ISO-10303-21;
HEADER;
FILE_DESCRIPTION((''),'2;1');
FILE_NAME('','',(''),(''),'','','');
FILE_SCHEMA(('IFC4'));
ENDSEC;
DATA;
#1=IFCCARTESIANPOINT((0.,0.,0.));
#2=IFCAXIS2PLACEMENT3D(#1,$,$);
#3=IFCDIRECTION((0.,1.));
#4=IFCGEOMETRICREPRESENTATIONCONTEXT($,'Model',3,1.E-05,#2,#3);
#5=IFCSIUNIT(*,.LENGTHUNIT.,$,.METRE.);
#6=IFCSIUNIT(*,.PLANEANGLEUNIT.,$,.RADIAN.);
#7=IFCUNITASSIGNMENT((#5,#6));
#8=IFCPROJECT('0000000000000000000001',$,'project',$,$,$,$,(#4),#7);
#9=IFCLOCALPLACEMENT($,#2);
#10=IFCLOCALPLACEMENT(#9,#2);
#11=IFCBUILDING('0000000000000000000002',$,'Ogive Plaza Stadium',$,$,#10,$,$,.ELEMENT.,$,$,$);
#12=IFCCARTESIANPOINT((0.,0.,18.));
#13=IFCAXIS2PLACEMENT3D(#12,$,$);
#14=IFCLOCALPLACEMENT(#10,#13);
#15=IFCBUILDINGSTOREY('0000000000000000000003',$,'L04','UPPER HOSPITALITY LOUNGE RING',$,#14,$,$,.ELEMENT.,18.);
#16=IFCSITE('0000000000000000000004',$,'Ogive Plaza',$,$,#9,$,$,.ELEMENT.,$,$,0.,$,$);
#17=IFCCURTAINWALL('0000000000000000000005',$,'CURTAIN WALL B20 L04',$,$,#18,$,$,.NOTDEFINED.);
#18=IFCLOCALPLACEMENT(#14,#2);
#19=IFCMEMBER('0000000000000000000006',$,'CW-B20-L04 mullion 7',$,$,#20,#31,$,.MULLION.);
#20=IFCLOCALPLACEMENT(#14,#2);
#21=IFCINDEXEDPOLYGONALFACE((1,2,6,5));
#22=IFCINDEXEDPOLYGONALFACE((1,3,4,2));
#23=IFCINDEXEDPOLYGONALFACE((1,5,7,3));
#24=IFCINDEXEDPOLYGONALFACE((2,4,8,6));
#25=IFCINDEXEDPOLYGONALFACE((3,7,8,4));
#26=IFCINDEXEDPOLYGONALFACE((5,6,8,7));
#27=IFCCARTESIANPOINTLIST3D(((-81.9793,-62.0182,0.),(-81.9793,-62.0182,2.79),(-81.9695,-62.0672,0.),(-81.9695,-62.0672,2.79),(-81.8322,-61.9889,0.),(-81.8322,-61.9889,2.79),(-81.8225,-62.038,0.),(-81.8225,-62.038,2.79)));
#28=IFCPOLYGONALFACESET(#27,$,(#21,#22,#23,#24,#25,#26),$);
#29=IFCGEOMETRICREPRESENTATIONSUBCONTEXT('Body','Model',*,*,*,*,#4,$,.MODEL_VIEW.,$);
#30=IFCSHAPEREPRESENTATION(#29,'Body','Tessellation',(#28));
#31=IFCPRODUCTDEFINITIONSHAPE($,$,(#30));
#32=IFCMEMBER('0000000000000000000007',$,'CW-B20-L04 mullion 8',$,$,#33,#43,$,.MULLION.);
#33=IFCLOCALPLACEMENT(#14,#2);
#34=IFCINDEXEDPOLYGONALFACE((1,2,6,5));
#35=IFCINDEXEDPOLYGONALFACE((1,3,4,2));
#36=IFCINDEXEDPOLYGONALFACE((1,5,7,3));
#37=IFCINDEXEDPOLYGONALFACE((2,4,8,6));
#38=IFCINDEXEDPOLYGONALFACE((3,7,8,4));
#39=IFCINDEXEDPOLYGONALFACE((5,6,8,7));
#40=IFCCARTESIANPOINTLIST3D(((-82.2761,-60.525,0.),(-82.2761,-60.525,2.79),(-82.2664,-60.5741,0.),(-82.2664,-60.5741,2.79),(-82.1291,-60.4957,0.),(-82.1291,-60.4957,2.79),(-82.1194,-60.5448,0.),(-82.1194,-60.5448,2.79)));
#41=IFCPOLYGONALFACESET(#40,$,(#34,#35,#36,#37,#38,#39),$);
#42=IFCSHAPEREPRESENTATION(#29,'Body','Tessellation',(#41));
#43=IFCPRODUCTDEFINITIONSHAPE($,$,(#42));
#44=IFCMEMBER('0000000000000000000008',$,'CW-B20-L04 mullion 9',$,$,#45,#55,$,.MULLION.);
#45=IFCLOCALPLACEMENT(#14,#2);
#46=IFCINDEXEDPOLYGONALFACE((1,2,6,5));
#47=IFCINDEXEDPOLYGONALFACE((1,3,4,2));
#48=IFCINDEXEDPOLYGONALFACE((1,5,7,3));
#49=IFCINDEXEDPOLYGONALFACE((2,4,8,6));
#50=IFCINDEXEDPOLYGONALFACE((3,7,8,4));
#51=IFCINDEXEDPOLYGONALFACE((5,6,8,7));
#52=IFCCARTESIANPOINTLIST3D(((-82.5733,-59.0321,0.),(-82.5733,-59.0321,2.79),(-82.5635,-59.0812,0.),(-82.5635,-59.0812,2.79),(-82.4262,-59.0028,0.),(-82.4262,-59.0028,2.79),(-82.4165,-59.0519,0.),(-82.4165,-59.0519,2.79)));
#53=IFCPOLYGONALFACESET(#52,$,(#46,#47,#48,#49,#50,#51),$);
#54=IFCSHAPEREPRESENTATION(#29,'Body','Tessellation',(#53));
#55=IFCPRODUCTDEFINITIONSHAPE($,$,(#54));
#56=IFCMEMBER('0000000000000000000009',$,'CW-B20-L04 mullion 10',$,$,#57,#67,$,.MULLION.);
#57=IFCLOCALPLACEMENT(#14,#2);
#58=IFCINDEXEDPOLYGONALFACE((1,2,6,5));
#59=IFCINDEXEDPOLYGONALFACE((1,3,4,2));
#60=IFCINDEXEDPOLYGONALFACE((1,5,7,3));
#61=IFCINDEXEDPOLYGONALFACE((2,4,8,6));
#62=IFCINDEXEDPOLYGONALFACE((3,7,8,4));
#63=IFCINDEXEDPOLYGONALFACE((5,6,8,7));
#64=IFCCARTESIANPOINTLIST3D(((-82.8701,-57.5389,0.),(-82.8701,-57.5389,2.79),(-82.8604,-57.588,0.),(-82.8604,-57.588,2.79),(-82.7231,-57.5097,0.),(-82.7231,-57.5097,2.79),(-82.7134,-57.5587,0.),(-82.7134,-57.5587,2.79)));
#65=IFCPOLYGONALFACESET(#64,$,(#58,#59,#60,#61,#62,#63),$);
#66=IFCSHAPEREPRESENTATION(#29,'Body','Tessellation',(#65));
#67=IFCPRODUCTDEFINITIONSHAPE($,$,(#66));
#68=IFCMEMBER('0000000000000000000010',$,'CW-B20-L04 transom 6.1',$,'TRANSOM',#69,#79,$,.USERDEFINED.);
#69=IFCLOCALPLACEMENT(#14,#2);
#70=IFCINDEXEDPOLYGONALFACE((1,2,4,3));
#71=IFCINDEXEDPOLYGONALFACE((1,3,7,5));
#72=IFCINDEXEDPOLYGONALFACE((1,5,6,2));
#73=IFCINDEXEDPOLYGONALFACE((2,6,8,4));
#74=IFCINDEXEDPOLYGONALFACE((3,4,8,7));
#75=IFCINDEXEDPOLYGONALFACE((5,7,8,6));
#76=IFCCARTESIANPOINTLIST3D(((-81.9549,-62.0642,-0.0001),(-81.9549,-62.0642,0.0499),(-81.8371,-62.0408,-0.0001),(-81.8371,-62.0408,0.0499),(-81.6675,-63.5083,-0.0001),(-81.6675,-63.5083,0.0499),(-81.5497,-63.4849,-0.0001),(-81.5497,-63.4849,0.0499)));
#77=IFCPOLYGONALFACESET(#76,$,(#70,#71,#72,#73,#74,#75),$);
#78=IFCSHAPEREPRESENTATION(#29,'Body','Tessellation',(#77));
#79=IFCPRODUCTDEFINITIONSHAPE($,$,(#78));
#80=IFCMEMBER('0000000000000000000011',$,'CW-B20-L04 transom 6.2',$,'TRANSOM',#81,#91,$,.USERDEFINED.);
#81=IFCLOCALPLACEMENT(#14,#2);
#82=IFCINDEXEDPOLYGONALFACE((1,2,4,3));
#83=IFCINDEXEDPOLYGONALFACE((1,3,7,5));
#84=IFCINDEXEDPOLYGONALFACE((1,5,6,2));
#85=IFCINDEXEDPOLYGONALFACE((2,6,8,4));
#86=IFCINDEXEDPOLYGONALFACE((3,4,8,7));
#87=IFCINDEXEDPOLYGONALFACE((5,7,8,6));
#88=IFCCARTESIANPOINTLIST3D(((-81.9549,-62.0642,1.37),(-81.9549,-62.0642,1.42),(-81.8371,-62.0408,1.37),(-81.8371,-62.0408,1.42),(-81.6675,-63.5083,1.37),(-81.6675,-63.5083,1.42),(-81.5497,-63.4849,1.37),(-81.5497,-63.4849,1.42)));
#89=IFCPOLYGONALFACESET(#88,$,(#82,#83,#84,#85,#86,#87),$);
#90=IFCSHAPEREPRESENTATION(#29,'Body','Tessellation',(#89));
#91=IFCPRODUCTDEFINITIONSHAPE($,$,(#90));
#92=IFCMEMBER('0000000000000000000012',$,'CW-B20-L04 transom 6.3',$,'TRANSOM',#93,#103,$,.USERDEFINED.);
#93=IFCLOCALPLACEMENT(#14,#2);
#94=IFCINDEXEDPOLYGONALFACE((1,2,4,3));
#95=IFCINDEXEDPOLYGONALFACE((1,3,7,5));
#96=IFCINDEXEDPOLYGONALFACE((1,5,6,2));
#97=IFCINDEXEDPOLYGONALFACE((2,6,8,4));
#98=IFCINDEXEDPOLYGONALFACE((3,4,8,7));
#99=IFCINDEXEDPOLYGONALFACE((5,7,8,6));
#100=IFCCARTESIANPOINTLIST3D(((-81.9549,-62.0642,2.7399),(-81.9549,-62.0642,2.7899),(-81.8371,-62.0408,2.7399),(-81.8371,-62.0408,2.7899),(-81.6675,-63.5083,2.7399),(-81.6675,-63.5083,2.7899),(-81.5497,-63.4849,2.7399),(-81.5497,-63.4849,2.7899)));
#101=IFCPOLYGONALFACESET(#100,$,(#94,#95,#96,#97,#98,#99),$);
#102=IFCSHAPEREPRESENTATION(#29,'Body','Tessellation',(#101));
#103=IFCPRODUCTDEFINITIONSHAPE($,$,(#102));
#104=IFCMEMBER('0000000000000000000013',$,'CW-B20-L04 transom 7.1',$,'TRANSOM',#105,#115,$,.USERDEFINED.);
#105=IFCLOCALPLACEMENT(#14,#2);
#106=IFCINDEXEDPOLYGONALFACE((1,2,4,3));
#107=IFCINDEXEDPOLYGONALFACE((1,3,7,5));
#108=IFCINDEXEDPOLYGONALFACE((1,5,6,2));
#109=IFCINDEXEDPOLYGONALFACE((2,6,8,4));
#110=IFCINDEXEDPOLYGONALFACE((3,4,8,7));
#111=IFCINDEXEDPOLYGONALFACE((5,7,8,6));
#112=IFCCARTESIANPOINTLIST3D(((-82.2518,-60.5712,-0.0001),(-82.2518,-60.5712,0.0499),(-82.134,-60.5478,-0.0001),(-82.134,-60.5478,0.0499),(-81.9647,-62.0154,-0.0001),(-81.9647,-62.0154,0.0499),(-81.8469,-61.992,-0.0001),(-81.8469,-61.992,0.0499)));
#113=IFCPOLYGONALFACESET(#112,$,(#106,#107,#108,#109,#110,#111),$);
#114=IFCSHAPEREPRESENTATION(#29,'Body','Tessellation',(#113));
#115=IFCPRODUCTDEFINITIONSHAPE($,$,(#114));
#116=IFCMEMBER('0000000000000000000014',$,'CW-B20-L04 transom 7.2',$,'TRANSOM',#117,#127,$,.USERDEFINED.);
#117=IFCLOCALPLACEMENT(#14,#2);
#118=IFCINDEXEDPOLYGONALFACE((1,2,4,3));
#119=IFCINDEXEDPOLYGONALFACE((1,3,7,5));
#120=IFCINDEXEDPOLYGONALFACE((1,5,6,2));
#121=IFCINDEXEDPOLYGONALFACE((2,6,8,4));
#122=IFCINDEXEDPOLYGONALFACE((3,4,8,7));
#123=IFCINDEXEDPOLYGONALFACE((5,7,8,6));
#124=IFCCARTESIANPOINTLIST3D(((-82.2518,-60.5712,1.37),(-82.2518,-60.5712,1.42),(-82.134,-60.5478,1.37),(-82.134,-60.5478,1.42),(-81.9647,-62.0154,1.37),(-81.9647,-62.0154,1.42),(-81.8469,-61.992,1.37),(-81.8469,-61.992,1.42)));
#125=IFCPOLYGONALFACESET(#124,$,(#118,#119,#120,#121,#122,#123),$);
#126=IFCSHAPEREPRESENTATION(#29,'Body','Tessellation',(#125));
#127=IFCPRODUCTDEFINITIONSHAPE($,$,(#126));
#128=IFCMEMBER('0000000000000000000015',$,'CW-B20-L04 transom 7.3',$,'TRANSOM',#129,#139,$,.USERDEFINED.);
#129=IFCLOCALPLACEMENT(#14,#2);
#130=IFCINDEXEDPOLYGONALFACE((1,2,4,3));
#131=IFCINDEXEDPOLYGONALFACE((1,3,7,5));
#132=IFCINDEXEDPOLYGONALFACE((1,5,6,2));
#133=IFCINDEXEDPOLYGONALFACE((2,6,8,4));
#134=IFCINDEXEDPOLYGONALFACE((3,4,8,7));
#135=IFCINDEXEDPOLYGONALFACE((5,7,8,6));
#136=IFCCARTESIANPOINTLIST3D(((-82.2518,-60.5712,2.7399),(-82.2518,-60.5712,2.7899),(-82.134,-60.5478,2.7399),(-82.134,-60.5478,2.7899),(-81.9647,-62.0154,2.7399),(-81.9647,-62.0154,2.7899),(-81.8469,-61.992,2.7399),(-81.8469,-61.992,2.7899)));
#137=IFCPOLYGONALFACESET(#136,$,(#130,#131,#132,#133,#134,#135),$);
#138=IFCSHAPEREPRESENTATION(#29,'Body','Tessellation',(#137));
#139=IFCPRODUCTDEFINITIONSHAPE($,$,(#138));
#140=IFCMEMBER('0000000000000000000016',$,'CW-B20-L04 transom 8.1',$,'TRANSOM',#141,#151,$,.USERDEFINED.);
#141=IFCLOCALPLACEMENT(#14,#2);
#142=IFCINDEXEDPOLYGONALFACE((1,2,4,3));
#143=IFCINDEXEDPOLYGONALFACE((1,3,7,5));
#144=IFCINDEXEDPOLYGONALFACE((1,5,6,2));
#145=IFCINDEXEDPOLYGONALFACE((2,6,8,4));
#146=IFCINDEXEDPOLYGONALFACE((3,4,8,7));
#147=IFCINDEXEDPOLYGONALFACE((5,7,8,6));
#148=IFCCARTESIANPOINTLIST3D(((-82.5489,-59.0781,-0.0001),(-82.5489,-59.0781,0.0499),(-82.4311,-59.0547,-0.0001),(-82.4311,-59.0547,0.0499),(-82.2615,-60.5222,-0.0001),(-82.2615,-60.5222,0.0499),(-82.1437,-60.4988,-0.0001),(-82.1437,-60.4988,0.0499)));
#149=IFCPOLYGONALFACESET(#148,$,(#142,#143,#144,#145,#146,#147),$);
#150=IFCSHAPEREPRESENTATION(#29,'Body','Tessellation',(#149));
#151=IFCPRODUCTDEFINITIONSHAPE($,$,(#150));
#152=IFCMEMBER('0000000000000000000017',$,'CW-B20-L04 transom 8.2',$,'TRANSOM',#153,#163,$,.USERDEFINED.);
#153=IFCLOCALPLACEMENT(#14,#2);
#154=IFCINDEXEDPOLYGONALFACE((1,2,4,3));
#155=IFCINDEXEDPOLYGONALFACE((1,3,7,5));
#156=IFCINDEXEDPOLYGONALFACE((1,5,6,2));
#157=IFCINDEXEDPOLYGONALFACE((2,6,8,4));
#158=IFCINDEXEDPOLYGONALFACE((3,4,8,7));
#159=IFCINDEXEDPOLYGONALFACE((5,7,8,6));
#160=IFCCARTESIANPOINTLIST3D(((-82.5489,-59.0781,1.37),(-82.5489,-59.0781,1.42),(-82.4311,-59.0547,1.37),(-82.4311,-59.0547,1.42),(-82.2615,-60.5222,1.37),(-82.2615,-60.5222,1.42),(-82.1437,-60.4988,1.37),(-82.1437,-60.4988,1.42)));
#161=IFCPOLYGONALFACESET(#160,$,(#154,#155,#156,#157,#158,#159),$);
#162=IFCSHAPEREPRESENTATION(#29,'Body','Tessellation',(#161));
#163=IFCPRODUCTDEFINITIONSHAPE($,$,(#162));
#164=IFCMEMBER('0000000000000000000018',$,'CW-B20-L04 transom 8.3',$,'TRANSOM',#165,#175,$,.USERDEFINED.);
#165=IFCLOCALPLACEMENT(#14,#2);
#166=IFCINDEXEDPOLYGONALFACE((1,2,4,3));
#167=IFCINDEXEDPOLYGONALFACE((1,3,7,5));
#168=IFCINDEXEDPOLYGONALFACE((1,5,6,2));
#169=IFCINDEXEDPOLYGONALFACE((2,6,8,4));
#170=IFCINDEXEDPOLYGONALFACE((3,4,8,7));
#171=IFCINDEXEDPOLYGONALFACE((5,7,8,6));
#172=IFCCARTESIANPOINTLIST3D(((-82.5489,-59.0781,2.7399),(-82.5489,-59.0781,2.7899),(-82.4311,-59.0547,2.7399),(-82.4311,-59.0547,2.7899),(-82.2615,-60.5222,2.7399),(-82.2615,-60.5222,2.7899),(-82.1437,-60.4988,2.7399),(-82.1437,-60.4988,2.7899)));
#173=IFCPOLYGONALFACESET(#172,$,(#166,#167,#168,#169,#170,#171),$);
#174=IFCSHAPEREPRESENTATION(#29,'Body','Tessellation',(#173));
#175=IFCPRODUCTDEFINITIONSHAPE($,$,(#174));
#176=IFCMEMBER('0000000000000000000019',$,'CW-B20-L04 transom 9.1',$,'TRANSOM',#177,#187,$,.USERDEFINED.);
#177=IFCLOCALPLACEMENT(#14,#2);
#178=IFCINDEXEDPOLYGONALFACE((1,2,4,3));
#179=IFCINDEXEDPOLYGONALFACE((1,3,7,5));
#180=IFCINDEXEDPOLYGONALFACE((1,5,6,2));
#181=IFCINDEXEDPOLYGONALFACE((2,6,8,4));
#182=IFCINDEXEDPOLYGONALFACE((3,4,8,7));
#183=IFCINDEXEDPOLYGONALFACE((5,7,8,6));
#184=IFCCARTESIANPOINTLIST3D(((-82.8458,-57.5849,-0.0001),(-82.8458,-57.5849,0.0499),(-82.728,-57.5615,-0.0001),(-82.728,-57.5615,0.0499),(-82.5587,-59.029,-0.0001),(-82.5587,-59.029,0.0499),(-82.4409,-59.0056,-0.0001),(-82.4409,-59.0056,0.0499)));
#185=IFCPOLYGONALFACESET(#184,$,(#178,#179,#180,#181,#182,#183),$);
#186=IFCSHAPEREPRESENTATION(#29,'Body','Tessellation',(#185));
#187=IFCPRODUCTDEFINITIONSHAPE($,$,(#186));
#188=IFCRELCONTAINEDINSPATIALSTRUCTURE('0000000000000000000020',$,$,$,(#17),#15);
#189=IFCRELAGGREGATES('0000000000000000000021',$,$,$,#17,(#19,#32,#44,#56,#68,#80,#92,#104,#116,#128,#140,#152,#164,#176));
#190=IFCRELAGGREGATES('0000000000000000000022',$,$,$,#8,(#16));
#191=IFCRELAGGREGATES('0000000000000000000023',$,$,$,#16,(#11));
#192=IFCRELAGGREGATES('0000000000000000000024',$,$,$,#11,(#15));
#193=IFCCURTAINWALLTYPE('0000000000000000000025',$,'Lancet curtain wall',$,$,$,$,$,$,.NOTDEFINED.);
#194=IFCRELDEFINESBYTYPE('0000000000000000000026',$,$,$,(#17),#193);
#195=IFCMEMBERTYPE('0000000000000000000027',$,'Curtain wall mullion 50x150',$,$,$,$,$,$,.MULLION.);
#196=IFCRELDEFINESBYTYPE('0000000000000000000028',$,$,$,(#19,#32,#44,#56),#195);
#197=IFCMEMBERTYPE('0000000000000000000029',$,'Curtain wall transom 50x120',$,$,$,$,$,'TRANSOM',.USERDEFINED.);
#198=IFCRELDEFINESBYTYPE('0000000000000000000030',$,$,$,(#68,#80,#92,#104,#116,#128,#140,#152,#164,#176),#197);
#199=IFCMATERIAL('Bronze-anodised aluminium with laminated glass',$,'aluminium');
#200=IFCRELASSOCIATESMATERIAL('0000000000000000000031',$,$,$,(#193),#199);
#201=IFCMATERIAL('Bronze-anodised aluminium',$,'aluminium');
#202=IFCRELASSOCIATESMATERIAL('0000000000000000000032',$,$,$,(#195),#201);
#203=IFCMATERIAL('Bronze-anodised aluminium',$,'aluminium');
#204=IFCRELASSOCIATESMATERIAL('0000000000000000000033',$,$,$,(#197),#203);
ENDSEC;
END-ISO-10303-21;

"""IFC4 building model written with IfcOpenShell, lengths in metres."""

from ifc_helpers import new_model, si_unit, direction, frame, origin, origin_2d, place, context, subcontext, project, spatial, rectangle, extrude, material, material_profile, profile_set, type_object, element, aggregate, save


model = new_model("IFC4")

# Units and contexts
model_context = context("Model", 3, precision=1e-05, world=origin(), true_north=direction((0.0, 1.0)))
body_context = subcontext(model_context, "Body", "Model", "MODEL_VIEW")
ifc_project = project(units=[si_unit("LENGTHUNIT", "METRE"), si_unit("PLANEANGLEUNIT", "RADIAN")], contexts=[model_context])

# Site, building, storey
site_placement = place(None, origin())
site = spatial("IfcSite", under=ifc_project, at=site_placement, Name="Ogive Plaza", CompositionType="ELEMENT", RefElevation=0.0)
building_placement = place(site_placement, origin())
building = spatial("IfcBuilding", under=site, at=building_placement, Name="Ogive Plaza Stadium", CompositionType="ELEMENT")
storey_placement = place(building_placement, frame((0.0, 0.0, 18.0)))
storey = spatial("IfcBuildingStorey", under=building, at=storey_placement, Name="L04", Description="UPPER HOSPITALITY LOUNGE RING", CompositionType="ELEMENT", Elevation=18.0)

# Curtain wall, members
ifc_material_1 = material(Name="Bronze-anodised aluminium with laminated glass", Category="aluminium")
curtain_wall_type = type_object("IfcCurtainWallType", Name="Lancet curtain wall", PredefinedType="NOTDEFINED", material=ifc_material_1)
curtain_wall_placement = place(storey_placement, origin())
curtain_wall = element("IfcCurtainWall", 1, at=curtain_wall_placement, inside=storey, type_object=curtain_wall_type, Name="CURTAIN WALL B20 L04", PredefinedType="NOTDEFINED")
ifc_material_2 = material(Name="Bronze-anodised aluminium", Category="aluminium")
ifc_material_profile_1 = material_profile(ifc_material_2, rectangle(XDim=0.1499, YDim=0.05, at=origin_2d()), Name="AL 150x50")
ifc_profile_set_1 = profile_set([ifc_material_profile_1], Name="Bronze-anodised aluminium")
member_type_1 = type_object("IfcMemberType", Name="Curtain wall mullion 50x150", PredefinedType="MULLION", material=ifc_profile_set_1)
member_1_placement = place(storey_placement, frame((-81.9009, -62.0281, 0.0), z_axis=(0.0, 0.0, 1.0), x_axis=(-0.980785, -0.19509, 0.0)))
member_1 = element("IfcMember", 2, at=member_1_placement, type_object=member_type_1, Name="CW-B20-L04 mullion 7", PredefinedType="MULLION", context=body_context, shape_type="SweptSolid", body=[
    extrude(rectangle(XDim=0.1499, YDim=0.05, at=origin_2d()), origin(), (0.0, 0.0, 1.0), 2.79),
])
member_2_placement = place(storey_placement, frame((-82.1978, -60.5349, 0.0), z_axis=(0.0, 0.0, 1.0), x_axis=(-0.980785, -0.19509, 0.0)))
member_2 = element("IfcMember", 3, at=member_2_placement, type_object=member_type_1, Name="CW-B20-L04 mullion 8", PredefinedType="MULLION", context=body_context, shape_type="SweptSolid", body=[
    extrude(rectangle(XDim=0.1499, YDim=0.05, at=origin_2d()), origin(), (0.0, 0.0, 1.0), 2.79),
])
member_3_placement = place(storey_placement, frame((-82.4949, -59.042, 0.0), z_axis=(0.0, 0.0, 1.0), x_axis=(-0.980785, -0.19509, 0.0)))
member_3 = element("IfcMember", 4, at=member_3_placement, type_object=member_type_1, Name="CW-B20-L04 mullion 9", PredefinedType="MULLION", context=body_context, shape_type="SweptSolid", body=[
    extrude(rectangle(XDim=0.1499, YDim=0.05, at=origin_2d()), origin(), (0.0, 0.0, 1.0), 2.79),
])
member_4_placement = place(storey_placement, frame((-82.7917, -57.5488, 0.0), z_axis=(0.0, 0.0, 1.0), x_axis=(-0.980785, -0.19509, 0.0)))
member_4 = element("IfcMember", 5, at=member_4_placement, type_object=member_type_1, Name="CW-B20-L04 mullion 10", PredefinedType="MULLION", context=body_context, shape_type="SweptSolid", body=[
    extrude(rectangle(XDim=0.1499, YDim=0.05, at=origin_2d()), origin(), (0.0, 0.0, 1.0), 2.79),
])
ifc_material_3 = material(Name="Bronze-anodised aluminium", Category="aluminium")
ifc_material_profile_2 = material_profile(ifc_material_3, rectangle(XDim=0.1201, YDim=0.05, at=origin_2d()), Name="AL 120x50")
ifc_profile_set_2 = profile_set([ifc_material_profile_2], Name="Bronze-anodised aluminium")
member_type_2 = type_object("IfcMemberType", Name="Curtain wall transom 50x120", ElementType="TRANSOM", PredefinedType="USERDEFINED", material=ifc_profile_set_2)
member_5_placement = place(storey_placement, frame((-81.6086, -63.4966, 0.0249), z_axis=(-0.195159, 0.980772, 0.0), x_axis=(-0.980772, -0.195159, 0.0)))
member_5 = element("IfcMember", 6, at=member_5_placement, type_object=member_type_2, Name="CW-B20-L04 transom 6.1", ObjectType="TRANSOM", PredefinedType="USERDEFINED", context=body_context, shape_type="SweptSolid", body=[
    extrude(rectangle(XDim=0.1201, YDim=0.05, at=origin_2d()), origin(), (0.0, 0.0, 1.0), 1.4724),
])
member_6_placement = place(storey_placement, frame((-81.6086, -63.4966, 1.395), z_axis=(-0.195159, 0.980772, 0.0), x_axis=(-0.980772, -0.195159, 0.0)))
member_6 = element("IfcMember", 7, at=member_6_placement, type_object=member_type_2, Name="CW-B20-L04 transom 6.2", ObjectType="TRANSOM", PredefinedType="USERDEFINED", context=body_context, shape_type="SweptSolid", body=[
    extrude(rectangle(XDim=0.1201, YDim=0.05, at=origin_2d()), origin(), (0.0, 0.0, 1.0), 1.4724),
])
member_7_placement = place(storey_placement, frame((-81.6086, -63.4966, 2.7649), z_axis=(-0.195159, 0.980772, 0.0), x_axis=(-0.980772, -0.195159, 0.0)))
member_7 = element("IfcMember", 8, at=member_7_placement, type_object=member_type_2, Name="CW-B20-L04 transom 6.3", ObjectType="TRANSOM", PredefinedType="USERDEFINED", context=body_context, shape_type="SweptSolid", body=[
    extrude(rectangle(XDim=0.1201, YDim=0.05, at=origin_2d()), origin(), (0.0, 0.0, 1.0), 1.4724),
])
member_8_placement = place(storey_placement, frame((-81.9058, -62.0037, 0.0249), z_axis=(-0.195, 0.980803, 0.0), x_axis=(-0.980803, -0.195, 0.0)))
member_8 = element("IfcMember", 9, at=member_8_placement, type_object=member_type_2, Name="CW-B20-L04 transom 7.1", ObjectType="TRANSOM", PredefinedType="USERDEFINED", context=body_context, shape_type="SweptSolid", body=[
    extrude(rectangle(XDim=0.1201, YDim=0.05, at=origin_2d()), origin(), (0.0, 0.0, 1.0), 1.4724),
])
member_9_placement = place(storey_placement, frame((-81.9058, -62.0037, 1.395), z_axis=(-0.195, 0.980803, 0.0), x_axis=(-0.980803, -0.195, 0.0)))
member_9 = element("IfcMember", 10, at=member_9_placement, type_object=member_type_2, Name="CW-B20-L04 transom 7.2", ObjectType="TRANSOM", PredefinedType="USERDEFINED", context=body_context, shape_type="SweptSolid", body=[
    extrude(rectangle(XDim=0.1201, YDim=0.05, at=origin_2d()), origin(), (0.0, 0.0, 1.0), 1.4724),
])
member_10_placement = place(storey_placement, frame((-81.9058, -62.0037, 2.7649), z_axis=(-0.195, 0.980803, 0.0), x_axis=(-0.980803, -0.195, 0.0)))
member_10 = element("IfcMember", 11, at=member_10_placement, type_object=member_type_2, Name="CW-B20-L04 transom 7.3", ObjectType="TRANSOM", PredefinedType="USERDEFINED", context=body_context, shape_type="SweptSolid", body=[
    extrude(rectangle(XDim=0.1201, YDim=0.05, at=origin_2d()), origin(), (0.0, 0.0, 1.0), 1.4724),
])
member_11_placement = place(storey_placement, frame((-82.2026, -60.5105, 0.0249), z_axis=(-0.195159, 0.980772, 0.0), x_axis=(-0.980772, -0.195159, 0.0)))
member_11 = element("IfcMember", 12, at=member_11_placement, type_object=member_type_2, Name="CW-B20-L04 transom 8.1", ObjectType="TRANSOM", PredefinedType="USERDEFINED", context=body_context, shape_type="SweptSolid", body=[
    extrude(rectangle(XDim=0.1201, YDim=0.05, at=origin_2d()), origin(), (0.0, 0.0, 1.0), 1.4724),
])
member_12_placement = place(storey_placement, frame((-82.2026, -60.5105, 1.395), z_axis=(-0.195159, 0.980772, 0.0), x_axis=(-0.980772, -0.195159, 0.0)))
member_12 = element("IfcMember", 13, at=member_12_placement, type_object=member_type_2, Name="CW-B20-L04 transom 8.2", ObjectType="TRANSOM", PredefinedType="USERDEFINED", context=body_context, shape_type="SweptSolid", body=[
    extrude(rectangle(XDim=0.1201, YDim=0.05, at=origin_2d()), origin(), (0.0, 0.0, 1.0), 1.4724),
])
member_13_placement = place(storey_placement, frame((-82.2026, -60.5105, 2.7649), z_axis=(-0.195159, 0.980772, 0.0), x_axis=(-0.980772, -0.195159, 0.0)))
member_13 = element("IfcMember", 14, at=member_13_placement, type_object=member_type_2, Name="CW-B20-L04 transom 8.3", ObjectType="TRANSOM", PredefinedType="USERDEFINED", context=body_context, shape_type="SweptSolid", body=[
    extrude(rectangle(XDim=0.1201, YDim=0.05, at=origin_2d()), origin(), (0.0, 0.0, 1.0), 1.4724),
])
member_14_placement = place(storey_placement, frame((-82.4998, -59.0173, 0.0249), z_axis=(-0.195, 0.980803, 0.0), x_axis=(-0.980803, -0.195, 0.0)))
member_14 = element("IfcMember", 15, at=member_14_placement, type_object=member_type_2, Name="CW-B20-L04 transom 9.1", ObjectType="TRANSOM", PredefinedType="USERDEFINED", context=body_context, shape_type="SweptSolid", body=[
    extrude(rectangle(XDim=0.1201, YDim=0.05, at=origin_2d()), origin(), (0.0, 0.0, 1.0), 1.4724),
])
aggregate(curtain_wall, [member_1, member_2, member_3, member_4, member_5, member_6, member_7, member_8, member_9, member_10, member_11, member_12, member_13, member_14])

save(model, "model.ifc")
